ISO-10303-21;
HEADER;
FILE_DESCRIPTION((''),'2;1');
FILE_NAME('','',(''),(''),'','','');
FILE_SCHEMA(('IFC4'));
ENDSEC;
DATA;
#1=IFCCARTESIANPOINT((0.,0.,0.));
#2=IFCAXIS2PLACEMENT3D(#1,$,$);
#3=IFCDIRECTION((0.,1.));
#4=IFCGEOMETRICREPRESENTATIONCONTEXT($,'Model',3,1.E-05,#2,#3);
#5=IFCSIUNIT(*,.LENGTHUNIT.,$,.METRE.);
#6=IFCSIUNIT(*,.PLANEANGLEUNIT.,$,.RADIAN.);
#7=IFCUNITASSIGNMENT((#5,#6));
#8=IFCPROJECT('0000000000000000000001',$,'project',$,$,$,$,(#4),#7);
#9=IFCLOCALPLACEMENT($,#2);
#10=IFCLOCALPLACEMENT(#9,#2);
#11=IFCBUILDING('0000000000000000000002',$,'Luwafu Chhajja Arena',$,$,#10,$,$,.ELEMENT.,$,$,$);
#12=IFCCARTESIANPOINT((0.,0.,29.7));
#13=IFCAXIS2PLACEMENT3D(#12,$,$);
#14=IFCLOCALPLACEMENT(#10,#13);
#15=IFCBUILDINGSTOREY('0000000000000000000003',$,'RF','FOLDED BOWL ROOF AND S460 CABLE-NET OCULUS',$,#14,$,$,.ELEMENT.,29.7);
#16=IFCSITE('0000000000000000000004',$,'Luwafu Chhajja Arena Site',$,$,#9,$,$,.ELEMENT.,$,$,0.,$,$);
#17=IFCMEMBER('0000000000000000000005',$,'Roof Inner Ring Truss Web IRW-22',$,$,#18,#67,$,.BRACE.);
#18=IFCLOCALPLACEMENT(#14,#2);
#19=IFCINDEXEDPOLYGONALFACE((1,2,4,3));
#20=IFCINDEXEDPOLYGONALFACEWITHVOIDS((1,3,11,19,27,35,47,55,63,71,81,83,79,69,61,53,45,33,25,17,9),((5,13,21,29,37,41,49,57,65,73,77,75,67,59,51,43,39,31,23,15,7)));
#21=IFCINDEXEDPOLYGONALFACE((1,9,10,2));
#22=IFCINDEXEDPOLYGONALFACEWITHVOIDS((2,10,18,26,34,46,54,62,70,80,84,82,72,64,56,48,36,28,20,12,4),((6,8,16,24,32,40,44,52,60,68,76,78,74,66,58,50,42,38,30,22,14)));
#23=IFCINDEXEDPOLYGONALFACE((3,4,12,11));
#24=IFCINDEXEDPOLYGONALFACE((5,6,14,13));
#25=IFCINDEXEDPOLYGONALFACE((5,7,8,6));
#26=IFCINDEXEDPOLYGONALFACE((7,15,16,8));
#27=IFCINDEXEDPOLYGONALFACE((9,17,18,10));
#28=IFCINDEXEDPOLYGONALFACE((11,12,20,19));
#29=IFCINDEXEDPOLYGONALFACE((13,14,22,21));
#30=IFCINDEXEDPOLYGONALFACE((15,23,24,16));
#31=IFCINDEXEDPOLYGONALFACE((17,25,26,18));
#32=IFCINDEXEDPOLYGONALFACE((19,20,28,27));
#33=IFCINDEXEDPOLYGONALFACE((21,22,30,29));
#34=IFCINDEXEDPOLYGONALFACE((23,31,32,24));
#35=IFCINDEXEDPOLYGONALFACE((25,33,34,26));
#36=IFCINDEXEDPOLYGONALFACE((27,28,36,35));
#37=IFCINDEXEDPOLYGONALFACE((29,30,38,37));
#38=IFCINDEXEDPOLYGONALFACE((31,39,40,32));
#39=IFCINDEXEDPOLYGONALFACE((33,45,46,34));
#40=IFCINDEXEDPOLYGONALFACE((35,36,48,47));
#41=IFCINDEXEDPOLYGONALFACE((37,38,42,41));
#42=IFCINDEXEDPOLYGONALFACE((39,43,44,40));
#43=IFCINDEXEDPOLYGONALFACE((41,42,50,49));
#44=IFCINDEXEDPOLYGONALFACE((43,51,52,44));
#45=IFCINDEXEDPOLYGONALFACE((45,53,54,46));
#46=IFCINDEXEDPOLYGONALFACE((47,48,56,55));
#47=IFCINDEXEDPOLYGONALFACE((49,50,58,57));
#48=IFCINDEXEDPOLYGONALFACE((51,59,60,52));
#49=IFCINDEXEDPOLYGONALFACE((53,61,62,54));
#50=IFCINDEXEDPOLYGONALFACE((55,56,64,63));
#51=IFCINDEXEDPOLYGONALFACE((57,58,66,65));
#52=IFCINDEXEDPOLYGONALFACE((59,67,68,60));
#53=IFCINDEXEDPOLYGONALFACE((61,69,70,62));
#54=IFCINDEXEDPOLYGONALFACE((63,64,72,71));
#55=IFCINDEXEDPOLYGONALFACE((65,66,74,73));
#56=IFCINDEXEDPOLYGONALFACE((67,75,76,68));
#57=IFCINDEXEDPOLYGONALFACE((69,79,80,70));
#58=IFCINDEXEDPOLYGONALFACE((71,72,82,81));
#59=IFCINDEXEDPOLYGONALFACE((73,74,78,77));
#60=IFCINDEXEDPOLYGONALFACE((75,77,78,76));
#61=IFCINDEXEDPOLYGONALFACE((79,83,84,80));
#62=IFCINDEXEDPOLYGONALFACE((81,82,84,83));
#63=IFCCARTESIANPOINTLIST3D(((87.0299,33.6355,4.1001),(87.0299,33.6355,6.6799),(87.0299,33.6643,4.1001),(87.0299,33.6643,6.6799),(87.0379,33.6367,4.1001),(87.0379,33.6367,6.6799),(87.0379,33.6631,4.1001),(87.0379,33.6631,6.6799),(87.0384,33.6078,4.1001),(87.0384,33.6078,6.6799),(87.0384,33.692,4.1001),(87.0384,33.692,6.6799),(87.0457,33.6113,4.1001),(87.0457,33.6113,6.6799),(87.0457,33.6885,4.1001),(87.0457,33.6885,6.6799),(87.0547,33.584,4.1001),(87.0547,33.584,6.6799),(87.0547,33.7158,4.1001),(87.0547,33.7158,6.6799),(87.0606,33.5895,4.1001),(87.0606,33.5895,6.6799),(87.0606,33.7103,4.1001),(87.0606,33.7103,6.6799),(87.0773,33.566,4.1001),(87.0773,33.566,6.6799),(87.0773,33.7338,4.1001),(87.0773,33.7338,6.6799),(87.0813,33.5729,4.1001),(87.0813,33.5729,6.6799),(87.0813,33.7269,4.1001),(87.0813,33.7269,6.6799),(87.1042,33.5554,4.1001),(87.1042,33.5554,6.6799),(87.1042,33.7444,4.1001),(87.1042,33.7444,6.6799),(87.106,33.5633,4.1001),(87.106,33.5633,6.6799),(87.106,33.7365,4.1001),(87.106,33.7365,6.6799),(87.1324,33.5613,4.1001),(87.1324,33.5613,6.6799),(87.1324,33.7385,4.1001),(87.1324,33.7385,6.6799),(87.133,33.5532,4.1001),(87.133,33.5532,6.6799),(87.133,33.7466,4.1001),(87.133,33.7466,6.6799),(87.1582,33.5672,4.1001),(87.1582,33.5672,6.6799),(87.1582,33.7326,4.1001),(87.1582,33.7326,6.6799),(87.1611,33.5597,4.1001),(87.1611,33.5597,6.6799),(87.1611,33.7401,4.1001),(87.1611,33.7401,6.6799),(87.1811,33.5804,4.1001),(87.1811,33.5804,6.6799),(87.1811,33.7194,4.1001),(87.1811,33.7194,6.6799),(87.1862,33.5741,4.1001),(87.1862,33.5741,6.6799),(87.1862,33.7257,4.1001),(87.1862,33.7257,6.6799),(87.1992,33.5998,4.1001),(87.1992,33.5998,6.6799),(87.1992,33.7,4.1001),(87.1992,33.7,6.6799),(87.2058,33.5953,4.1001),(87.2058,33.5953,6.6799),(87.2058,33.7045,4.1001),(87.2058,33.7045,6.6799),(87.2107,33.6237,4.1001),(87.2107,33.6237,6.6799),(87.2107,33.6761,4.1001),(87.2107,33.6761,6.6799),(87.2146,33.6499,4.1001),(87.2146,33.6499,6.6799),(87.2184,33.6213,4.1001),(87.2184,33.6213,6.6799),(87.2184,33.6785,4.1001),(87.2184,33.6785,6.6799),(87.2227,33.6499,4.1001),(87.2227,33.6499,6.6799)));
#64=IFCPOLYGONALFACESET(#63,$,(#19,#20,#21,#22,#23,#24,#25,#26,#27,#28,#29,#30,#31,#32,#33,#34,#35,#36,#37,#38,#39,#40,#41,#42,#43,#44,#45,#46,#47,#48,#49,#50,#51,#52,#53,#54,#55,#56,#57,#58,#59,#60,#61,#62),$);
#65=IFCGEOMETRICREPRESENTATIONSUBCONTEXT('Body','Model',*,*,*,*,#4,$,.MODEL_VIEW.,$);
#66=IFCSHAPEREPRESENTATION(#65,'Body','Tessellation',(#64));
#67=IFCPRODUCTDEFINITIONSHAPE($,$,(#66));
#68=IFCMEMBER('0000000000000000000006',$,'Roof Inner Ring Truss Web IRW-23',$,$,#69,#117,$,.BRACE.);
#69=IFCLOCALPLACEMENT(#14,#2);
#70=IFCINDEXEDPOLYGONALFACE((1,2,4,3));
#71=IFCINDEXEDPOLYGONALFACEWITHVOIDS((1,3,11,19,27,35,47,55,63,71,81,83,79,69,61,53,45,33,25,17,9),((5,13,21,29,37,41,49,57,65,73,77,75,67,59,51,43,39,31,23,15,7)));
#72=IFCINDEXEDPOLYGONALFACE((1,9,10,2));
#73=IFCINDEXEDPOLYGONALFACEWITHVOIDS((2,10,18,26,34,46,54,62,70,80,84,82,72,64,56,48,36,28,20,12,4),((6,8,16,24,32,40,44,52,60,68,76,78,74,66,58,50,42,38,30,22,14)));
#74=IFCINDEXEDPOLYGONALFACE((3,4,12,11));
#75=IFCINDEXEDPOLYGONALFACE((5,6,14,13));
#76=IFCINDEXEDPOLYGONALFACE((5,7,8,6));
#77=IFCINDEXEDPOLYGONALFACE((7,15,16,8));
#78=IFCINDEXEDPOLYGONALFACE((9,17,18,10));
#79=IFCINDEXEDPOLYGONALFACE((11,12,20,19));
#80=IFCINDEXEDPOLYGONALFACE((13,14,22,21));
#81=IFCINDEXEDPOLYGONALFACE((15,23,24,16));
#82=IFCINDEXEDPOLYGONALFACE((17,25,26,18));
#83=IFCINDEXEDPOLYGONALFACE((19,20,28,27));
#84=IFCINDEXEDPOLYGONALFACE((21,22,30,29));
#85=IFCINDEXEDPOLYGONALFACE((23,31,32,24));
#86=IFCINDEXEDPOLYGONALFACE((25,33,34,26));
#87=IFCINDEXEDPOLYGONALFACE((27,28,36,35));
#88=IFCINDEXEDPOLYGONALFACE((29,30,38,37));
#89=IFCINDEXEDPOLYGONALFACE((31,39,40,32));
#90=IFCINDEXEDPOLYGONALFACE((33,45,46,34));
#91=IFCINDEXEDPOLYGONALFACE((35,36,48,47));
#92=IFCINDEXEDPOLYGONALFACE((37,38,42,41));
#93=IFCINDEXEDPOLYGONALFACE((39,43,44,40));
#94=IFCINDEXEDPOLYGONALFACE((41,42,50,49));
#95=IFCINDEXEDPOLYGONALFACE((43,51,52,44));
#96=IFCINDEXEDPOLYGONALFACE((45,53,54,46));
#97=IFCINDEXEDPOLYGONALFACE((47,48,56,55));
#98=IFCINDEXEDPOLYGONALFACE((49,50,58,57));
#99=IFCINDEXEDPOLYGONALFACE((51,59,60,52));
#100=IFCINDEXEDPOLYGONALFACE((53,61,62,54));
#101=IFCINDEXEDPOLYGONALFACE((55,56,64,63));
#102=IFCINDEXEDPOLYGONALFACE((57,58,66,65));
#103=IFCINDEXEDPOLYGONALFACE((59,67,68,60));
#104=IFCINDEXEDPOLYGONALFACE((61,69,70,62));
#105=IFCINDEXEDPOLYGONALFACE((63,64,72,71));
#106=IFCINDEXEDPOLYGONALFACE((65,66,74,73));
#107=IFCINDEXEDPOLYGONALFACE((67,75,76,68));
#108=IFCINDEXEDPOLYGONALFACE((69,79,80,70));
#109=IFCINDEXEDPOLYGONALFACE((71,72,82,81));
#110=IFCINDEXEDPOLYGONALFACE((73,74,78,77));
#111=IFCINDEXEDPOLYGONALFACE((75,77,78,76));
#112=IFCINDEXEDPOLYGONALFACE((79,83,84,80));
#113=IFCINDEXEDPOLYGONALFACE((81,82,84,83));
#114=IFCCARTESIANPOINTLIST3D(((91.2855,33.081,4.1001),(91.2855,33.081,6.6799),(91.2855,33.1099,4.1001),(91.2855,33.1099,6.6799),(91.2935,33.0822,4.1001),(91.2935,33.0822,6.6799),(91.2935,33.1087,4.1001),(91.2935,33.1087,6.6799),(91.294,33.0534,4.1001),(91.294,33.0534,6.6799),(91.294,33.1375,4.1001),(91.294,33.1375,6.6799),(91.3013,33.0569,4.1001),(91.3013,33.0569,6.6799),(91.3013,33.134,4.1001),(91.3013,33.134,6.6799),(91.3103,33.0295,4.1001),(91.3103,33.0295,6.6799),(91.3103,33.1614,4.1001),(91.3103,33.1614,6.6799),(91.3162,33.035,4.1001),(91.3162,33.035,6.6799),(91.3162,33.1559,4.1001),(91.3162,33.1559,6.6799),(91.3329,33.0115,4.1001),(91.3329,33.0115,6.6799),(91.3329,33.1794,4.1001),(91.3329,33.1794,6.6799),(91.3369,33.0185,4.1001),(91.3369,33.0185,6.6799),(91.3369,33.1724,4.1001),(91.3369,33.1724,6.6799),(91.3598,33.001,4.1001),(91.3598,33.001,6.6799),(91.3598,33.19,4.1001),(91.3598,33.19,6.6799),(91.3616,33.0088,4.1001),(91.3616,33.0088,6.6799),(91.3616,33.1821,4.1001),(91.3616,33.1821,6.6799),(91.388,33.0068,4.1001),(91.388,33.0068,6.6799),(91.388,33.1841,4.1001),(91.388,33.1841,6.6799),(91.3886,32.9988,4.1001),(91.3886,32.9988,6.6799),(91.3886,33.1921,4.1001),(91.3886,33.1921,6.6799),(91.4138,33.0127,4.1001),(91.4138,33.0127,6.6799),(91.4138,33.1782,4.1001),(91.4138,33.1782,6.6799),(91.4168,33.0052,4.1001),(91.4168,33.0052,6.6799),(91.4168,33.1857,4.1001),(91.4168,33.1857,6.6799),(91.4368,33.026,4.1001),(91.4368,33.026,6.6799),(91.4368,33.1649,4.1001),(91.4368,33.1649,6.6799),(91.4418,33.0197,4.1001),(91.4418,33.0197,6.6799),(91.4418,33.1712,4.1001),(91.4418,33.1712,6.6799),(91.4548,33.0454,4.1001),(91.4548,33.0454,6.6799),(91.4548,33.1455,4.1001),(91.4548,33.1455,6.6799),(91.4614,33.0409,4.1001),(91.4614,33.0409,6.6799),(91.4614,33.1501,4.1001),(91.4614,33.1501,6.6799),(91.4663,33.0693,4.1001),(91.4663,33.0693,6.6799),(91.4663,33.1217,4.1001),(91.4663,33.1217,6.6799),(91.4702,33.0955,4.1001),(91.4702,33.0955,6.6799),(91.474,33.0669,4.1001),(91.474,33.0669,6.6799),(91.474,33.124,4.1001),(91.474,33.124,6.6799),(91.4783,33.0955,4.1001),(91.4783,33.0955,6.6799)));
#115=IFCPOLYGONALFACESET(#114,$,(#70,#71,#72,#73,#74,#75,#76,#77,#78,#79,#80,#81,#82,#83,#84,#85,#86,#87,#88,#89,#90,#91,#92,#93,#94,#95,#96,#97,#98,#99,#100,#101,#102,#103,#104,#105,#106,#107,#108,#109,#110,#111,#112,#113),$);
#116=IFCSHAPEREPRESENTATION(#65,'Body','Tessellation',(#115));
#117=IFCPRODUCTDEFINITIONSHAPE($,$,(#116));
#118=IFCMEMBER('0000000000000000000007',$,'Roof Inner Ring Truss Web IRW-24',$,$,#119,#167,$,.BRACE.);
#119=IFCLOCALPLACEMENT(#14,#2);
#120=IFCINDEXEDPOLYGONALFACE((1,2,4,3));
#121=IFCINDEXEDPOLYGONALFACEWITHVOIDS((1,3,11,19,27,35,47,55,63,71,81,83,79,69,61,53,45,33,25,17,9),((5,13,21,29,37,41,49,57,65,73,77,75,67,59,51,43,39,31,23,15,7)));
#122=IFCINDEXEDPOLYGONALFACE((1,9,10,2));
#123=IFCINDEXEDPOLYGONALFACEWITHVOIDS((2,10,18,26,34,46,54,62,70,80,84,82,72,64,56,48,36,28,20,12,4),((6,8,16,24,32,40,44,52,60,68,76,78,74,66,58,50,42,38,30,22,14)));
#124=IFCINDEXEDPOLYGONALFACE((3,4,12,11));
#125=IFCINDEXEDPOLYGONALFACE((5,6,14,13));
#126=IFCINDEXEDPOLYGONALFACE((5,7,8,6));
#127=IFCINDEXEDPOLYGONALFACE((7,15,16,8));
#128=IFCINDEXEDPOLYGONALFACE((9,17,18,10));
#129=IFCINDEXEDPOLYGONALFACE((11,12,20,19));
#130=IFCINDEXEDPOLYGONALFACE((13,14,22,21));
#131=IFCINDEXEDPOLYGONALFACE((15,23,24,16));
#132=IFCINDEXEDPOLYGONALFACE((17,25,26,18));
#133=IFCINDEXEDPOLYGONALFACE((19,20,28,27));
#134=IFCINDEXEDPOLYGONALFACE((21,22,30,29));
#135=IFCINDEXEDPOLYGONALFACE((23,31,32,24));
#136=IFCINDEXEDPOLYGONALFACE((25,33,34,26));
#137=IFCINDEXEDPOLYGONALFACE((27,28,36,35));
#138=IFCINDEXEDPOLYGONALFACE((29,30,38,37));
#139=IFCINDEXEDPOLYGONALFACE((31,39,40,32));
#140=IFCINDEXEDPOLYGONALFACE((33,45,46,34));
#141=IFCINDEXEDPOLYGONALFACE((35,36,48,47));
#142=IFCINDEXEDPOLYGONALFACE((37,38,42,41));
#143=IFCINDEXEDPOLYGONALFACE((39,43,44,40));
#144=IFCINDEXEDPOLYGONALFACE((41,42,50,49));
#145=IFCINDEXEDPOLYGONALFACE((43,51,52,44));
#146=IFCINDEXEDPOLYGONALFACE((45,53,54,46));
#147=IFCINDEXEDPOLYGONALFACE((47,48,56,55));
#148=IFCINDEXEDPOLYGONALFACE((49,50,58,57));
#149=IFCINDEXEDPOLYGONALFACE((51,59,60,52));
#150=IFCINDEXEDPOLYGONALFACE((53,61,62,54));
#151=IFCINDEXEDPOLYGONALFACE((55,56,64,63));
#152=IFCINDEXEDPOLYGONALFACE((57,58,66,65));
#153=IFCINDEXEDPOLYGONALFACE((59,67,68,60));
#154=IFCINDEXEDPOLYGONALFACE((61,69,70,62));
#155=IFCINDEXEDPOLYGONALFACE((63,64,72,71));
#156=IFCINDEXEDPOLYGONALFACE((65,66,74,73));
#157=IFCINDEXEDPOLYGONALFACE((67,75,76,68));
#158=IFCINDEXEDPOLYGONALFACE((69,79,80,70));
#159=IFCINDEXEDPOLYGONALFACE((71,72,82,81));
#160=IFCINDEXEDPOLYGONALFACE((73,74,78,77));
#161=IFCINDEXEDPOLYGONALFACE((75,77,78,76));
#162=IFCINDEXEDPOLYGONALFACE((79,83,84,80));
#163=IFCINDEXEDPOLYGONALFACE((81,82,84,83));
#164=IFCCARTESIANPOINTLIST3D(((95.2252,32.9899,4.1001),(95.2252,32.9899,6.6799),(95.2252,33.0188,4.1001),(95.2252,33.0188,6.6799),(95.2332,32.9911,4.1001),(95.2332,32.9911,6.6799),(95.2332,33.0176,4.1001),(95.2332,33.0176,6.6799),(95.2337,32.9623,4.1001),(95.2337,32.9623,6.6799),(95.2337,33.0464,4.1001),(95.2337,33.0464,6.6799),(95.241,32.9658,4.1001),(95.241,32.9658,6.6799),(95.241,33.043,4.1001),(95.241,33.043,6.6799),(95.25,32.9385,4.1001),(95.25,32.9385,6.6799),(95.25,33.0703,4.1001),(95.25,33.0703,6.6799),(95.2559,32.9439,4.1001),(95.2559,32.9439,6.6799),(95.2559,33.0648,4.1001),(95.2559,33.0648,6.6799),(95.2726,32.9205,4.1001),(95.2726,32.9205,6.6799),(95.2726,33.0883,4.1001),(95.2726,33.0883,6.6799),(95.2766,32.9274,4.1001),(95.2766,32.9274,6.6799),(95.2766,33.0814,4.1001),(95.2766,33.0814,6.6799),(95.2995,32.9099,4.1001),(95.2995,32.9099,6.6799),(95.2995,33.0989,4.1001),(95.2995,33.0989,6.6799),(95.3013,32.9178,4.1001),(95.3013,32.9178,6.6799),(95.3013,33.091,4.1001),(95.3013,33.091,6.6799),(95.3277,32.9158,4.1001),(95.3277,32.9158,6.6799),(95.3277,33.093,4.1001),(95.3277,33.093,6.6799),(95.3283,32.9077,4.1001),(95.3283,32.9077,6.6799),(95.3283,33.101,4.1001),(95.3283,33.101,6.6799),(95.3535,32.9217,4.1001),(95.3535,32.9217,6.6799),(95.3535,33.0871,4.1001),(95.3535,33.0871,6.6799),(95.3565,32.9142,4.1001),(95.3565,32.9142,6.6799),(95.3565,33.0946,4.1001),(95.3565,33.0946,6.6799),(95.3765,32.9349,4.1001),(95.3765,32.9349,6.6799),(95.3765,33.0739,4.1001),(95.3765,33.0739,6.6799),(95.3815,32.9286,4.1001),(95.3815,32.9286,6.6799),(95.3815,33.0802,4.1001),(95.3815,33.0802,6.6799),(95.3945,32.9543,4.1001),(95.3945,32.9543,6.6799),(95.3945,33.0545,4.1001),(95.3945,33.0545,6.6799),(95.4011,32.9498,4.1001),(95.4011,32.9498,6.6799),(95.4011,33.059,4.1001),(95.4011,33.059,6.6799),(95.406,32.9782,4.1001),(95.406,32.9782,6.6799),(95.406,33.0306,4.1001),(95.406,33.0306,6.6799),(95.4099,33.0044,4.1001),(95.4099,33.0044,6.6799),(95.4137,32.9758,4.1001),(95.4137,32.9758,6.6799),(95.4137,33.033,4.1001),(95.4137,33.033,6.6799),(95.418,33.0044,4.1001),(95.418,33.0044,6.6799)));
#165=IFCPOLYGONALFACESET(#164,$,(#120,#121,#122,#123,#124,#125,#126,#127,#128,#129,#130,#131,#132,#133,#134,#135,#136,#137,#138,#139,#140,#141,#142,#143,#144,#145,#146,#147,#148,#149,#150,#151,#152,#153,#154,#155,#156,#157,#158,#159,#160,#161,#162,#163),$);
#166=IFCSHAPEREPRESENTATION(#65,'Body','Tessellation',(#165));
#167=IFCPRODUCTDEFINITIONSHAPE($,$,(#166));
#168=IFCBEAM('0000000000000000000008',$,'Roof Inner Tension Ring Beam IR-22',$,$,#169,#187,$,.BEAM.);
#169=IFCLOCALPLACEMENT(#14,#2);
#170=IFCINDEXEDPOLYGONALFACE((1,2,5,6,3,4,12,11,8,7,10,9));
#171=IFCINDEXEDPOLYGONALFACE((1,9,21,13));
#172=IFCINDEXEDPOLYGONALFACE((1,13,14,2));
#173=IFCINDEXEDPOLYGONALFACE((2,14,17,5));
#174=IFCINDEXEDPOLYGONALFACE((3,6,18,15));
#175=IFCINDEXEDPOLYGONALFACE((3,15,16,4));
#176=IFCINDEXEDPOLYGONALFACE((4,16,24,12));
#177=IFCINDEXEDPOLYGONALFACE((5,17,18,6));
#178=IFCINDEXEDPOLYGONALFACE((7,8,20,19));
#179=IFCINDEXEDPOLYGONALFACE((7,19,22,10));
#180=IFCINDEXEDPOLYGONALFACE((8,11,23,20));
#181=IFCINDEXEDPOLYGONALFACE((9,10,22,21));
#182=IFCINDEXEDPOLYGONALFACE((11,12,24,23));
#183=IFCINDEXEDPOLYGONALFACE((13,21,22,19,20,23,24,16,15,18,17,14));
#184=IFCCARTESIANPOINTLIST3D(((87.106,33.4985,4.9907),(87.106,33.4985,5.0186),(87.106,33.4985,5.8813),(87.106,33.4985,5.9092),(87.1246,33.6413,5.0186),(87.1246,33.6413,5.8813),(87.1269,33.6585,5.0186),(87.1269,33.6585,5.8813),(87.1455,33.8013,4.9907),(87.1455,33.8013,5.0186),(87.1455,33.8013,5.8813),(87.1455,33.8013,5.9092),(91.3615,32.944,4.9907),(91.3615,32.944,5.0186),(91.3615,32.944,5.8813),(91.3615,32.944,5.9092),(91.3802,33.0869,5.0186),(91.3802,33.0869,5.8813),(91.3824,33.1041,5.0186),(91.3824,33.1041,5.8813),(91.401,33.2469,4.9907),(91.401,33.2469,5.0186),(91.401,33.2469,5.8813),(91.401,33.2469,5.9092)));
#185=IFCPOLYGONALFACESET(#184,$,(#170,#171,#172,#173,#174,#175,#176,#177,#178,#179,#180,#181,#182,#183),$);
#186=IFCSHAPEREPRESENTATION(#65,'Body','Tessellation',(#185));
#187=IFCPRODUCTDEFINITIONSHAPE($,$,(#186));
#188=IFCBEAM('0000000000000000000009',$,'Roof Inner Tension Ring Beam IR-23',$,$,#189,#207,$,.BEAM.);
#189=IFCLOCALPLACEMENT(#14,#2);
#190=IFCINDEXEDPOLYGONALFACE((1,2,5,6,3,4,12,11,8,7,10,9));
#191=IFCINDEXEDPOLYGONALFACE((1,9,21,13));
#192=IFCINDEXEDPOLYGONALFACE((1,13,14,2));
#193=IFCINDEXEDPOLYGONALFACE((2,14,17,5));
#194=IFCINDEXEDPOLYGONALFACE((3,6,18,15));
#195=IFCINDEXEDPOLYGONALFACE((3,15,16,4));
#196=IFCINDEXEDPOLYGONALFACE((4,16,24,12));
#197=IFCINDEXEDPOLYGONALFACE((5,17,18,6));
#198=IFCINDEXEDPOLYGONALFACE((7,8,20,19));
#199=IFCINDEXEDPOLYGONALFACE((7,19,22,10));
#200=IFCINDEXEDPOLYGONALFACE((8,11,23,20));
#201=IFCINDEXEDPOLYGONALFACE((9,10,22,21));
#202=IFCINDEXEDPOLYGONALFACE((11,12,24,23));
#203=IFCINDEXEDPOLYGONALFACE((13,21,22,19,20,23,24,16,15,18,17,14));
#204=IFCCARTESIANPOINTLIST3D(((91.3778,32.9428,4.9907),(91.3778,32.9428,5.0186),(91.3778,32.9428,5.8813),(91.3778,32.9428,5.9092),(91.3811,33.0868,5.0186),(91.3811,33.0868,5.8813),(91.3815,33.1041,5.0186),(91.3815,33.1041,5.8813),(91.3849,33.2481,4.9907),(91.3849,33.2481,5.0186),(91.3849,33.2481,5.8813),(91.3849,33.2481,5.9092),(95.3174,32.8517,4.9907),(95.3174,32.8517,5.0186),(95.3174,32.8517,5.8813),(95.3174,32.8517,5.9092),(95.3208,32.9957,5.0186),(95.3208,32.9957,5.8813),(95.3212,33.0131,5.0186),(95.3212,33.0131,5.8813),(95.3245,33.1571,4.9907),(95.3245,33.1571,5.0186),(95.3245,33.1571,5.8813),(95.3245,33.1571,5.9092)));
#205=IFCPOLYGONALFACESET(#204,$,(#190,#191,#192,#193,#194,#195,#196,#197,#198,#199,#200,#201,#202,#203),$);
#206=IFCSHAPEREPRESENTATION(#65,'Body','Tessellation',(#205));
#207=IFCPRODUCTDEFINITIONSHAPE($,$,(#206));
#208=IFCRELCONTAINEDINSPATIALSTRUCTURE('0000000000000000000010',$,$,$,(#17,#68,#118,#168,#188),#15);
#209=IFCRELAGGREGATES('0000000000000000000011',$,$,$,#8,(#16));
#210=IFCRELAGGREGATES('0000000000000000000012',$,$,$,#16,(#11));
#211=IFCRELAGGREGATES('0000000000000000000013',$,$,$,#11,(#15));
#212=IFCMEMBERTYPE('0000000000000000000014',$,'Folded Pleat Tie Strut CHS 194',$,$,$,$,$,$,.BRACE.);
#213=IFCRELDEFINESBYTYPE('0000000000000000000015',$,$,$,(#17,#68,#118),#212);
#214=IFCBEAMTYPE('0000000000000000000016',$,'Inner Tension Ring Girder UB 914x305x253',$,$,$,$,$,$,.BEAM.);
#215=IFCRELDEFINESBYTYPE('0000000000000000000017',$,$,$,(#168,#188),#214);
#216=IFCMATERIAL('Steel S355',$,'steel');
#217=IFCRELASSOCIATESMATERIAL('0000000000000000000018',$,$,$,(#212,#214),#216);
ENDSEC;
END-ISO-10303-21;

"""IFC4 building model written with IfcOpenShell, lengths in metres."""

from ifc_helpers import new_model, si_unit, direction, frame, origin, origin_2d, place, context, subcontext, project, spatial, hollow_circle, i_section, extrude, material, material_profile, profile_set, type_object, element, save


model = new_model("IFC4")

# Units and contexts
model_context = context("Model", 3, precision=1e-05, world=origin(), true_north=direction((0.0, 1.0)))
body_context = subcontext(model_context, "Body", "Model", "MODEL_VIEW")
ifc_project = project(units=[si_unit("LENGTHUNIT", "METRE"), si_unit("PLANEANGLEUNIT", "RADIAN")], contexts=[model_context])

# Site, building, storey
site_placement = place(None, origin())
site = spatial("IfcSite", under=ifc_project, at=site_placement, Name="Luwafu Chhajja Arena Site", CompositionType="ELEMENT", RefElevation=0.0)
building_placement = place(site_placement, origin())
building = spatial("IfcBuilding", under=site, at=building_placement, Name="Luwafu Chhajja Arena", CompositionType="ELEMENT")
storey_placement = place(building_placement, frame((0.0, 0.0, 29.7)))
storey = spatial("IfcBuildingStorey", under=building, at=storey_placement, Name="RF", Description="FOLDED BOWL ROOF AND S460 CABLE-NET OCULUS", CompositionType="ELEMENT", Elevation=29.7)

# Members
ifc_material_1 = material(Name="Steel S355", Category="steel")
ifc_material_profile_1 = material_profile(ifc_material_1, hollow_circle(Radius=0.0969, WallThickness=0.0081, at=origin_2d()), Name="CHS 193.7x8")
ifc_profile_set_1 = profile_set([ifc_material_profile_1], Name="Steel S355")
member_type_1 = type_object("IfcMemberType", Name="Folded Pleat Tie Strut CHS 194", PredefinedType="BRACE", material=ifc_profile_set_1)
for number, where, z_axis, x_axis, name in (
    (1, (87.1257, 33.6499, 4.1001), (0.0, 0.0, 1.0), (1.0, 0.0, 0.0), "Roof Inner Ring Truss Web IRW-22"),
    (2, (91.3813, 33.0955, 4.1001), (0.0, 0.0, 1.0), (1.0, 0.0, 0.0), "Roof Inner Ring Truss Web IRW-23"),
    (3, (95.321, 33.0044, 4.1001), (0.0, 0.0, 1.0), (1.0, 0.0, 0.0), "Roof Inner Ring Truss Web IRW-24"),
):
    element("IfcMember", number, at=place(storey_placement, frame(where, z_axis=z_axis, x_axis=x_axis)), inside=storey, type_object=member_type_1, Name=name, PredefinedType="BRACE", context=body_context, shape_type="SweptSolid", body=[
        extrude(hollow_circle(Radius=0.0969, WallThickness=0.0081, at=origin_2d()), origin(), (0.0, 0.0, 1.0), 2.5798),
    ])

# Beams
ifc_material_profile_2 = material_profile(ifc_material_1, i_section(OverallWidth=0.3054, OverallDepth=0.9185, WebThickness=0.0173, FlangeThickness=0.0278, at=origin_2d()), Name="UB 914x305x253")
ifc_profile_set_2 = profile_set([ifc_material_profile_2], Name="Steel S355")
beam_type = type_object("IfcBeamType", Name="Inner Tension Ring Girder UB 914x305x253", PredefinedType="BEAM", material=ifc_profile_set_2)
beam_1_placement = place(storey_placement, frame((87.1257, 33.6499, 5.45), z_axis=(0.991619, -0.129193, 0.0), x_axis=(0.129193, 0.991619, 0.0)))
element("IfcBeam", 4, at=beam_1_placement, inside=storey, type_object=beam_type, Name="Roof Inner Tension Ring Beam IR-22", PredefinedType="BEAM", context=body_context, shape_type="SweptSolid", body=[
    extrude(i_section(OverallWidth=0.3054, OverallDepth=0.9185, WebThickness=0.0173, FlangeThickness=0.0278, at=origin_2d()), origin(), (0.0, 0.0, 1.0), 4.2915),
])
beam_2_placement = place(storey_placement, frame((91.3813, 33.0955, 5.45), z_axis=(0.999733, -0.023108, 0.0), x_axis=(0.023108, 0.999733, 0.0)))
element("IfcBeam", 5, at=beam_2_placement, inside=storey, type_object=beam_type, Name="Roof Inner Tension Ring Beam IR-23", PredefinedType="BEAM", context=body_context, shape_type="SweptSolid", body=[
    extrude(i_section(OverallWidth=0.3054, OverallDepth=0.9185, WebThickness=0.0173, FlangeThickness=0.0278, at=origin_2d()), origin(), (0.0, 0.0, 1.0), 3.9407),
])

save(model, "model.ifc")
